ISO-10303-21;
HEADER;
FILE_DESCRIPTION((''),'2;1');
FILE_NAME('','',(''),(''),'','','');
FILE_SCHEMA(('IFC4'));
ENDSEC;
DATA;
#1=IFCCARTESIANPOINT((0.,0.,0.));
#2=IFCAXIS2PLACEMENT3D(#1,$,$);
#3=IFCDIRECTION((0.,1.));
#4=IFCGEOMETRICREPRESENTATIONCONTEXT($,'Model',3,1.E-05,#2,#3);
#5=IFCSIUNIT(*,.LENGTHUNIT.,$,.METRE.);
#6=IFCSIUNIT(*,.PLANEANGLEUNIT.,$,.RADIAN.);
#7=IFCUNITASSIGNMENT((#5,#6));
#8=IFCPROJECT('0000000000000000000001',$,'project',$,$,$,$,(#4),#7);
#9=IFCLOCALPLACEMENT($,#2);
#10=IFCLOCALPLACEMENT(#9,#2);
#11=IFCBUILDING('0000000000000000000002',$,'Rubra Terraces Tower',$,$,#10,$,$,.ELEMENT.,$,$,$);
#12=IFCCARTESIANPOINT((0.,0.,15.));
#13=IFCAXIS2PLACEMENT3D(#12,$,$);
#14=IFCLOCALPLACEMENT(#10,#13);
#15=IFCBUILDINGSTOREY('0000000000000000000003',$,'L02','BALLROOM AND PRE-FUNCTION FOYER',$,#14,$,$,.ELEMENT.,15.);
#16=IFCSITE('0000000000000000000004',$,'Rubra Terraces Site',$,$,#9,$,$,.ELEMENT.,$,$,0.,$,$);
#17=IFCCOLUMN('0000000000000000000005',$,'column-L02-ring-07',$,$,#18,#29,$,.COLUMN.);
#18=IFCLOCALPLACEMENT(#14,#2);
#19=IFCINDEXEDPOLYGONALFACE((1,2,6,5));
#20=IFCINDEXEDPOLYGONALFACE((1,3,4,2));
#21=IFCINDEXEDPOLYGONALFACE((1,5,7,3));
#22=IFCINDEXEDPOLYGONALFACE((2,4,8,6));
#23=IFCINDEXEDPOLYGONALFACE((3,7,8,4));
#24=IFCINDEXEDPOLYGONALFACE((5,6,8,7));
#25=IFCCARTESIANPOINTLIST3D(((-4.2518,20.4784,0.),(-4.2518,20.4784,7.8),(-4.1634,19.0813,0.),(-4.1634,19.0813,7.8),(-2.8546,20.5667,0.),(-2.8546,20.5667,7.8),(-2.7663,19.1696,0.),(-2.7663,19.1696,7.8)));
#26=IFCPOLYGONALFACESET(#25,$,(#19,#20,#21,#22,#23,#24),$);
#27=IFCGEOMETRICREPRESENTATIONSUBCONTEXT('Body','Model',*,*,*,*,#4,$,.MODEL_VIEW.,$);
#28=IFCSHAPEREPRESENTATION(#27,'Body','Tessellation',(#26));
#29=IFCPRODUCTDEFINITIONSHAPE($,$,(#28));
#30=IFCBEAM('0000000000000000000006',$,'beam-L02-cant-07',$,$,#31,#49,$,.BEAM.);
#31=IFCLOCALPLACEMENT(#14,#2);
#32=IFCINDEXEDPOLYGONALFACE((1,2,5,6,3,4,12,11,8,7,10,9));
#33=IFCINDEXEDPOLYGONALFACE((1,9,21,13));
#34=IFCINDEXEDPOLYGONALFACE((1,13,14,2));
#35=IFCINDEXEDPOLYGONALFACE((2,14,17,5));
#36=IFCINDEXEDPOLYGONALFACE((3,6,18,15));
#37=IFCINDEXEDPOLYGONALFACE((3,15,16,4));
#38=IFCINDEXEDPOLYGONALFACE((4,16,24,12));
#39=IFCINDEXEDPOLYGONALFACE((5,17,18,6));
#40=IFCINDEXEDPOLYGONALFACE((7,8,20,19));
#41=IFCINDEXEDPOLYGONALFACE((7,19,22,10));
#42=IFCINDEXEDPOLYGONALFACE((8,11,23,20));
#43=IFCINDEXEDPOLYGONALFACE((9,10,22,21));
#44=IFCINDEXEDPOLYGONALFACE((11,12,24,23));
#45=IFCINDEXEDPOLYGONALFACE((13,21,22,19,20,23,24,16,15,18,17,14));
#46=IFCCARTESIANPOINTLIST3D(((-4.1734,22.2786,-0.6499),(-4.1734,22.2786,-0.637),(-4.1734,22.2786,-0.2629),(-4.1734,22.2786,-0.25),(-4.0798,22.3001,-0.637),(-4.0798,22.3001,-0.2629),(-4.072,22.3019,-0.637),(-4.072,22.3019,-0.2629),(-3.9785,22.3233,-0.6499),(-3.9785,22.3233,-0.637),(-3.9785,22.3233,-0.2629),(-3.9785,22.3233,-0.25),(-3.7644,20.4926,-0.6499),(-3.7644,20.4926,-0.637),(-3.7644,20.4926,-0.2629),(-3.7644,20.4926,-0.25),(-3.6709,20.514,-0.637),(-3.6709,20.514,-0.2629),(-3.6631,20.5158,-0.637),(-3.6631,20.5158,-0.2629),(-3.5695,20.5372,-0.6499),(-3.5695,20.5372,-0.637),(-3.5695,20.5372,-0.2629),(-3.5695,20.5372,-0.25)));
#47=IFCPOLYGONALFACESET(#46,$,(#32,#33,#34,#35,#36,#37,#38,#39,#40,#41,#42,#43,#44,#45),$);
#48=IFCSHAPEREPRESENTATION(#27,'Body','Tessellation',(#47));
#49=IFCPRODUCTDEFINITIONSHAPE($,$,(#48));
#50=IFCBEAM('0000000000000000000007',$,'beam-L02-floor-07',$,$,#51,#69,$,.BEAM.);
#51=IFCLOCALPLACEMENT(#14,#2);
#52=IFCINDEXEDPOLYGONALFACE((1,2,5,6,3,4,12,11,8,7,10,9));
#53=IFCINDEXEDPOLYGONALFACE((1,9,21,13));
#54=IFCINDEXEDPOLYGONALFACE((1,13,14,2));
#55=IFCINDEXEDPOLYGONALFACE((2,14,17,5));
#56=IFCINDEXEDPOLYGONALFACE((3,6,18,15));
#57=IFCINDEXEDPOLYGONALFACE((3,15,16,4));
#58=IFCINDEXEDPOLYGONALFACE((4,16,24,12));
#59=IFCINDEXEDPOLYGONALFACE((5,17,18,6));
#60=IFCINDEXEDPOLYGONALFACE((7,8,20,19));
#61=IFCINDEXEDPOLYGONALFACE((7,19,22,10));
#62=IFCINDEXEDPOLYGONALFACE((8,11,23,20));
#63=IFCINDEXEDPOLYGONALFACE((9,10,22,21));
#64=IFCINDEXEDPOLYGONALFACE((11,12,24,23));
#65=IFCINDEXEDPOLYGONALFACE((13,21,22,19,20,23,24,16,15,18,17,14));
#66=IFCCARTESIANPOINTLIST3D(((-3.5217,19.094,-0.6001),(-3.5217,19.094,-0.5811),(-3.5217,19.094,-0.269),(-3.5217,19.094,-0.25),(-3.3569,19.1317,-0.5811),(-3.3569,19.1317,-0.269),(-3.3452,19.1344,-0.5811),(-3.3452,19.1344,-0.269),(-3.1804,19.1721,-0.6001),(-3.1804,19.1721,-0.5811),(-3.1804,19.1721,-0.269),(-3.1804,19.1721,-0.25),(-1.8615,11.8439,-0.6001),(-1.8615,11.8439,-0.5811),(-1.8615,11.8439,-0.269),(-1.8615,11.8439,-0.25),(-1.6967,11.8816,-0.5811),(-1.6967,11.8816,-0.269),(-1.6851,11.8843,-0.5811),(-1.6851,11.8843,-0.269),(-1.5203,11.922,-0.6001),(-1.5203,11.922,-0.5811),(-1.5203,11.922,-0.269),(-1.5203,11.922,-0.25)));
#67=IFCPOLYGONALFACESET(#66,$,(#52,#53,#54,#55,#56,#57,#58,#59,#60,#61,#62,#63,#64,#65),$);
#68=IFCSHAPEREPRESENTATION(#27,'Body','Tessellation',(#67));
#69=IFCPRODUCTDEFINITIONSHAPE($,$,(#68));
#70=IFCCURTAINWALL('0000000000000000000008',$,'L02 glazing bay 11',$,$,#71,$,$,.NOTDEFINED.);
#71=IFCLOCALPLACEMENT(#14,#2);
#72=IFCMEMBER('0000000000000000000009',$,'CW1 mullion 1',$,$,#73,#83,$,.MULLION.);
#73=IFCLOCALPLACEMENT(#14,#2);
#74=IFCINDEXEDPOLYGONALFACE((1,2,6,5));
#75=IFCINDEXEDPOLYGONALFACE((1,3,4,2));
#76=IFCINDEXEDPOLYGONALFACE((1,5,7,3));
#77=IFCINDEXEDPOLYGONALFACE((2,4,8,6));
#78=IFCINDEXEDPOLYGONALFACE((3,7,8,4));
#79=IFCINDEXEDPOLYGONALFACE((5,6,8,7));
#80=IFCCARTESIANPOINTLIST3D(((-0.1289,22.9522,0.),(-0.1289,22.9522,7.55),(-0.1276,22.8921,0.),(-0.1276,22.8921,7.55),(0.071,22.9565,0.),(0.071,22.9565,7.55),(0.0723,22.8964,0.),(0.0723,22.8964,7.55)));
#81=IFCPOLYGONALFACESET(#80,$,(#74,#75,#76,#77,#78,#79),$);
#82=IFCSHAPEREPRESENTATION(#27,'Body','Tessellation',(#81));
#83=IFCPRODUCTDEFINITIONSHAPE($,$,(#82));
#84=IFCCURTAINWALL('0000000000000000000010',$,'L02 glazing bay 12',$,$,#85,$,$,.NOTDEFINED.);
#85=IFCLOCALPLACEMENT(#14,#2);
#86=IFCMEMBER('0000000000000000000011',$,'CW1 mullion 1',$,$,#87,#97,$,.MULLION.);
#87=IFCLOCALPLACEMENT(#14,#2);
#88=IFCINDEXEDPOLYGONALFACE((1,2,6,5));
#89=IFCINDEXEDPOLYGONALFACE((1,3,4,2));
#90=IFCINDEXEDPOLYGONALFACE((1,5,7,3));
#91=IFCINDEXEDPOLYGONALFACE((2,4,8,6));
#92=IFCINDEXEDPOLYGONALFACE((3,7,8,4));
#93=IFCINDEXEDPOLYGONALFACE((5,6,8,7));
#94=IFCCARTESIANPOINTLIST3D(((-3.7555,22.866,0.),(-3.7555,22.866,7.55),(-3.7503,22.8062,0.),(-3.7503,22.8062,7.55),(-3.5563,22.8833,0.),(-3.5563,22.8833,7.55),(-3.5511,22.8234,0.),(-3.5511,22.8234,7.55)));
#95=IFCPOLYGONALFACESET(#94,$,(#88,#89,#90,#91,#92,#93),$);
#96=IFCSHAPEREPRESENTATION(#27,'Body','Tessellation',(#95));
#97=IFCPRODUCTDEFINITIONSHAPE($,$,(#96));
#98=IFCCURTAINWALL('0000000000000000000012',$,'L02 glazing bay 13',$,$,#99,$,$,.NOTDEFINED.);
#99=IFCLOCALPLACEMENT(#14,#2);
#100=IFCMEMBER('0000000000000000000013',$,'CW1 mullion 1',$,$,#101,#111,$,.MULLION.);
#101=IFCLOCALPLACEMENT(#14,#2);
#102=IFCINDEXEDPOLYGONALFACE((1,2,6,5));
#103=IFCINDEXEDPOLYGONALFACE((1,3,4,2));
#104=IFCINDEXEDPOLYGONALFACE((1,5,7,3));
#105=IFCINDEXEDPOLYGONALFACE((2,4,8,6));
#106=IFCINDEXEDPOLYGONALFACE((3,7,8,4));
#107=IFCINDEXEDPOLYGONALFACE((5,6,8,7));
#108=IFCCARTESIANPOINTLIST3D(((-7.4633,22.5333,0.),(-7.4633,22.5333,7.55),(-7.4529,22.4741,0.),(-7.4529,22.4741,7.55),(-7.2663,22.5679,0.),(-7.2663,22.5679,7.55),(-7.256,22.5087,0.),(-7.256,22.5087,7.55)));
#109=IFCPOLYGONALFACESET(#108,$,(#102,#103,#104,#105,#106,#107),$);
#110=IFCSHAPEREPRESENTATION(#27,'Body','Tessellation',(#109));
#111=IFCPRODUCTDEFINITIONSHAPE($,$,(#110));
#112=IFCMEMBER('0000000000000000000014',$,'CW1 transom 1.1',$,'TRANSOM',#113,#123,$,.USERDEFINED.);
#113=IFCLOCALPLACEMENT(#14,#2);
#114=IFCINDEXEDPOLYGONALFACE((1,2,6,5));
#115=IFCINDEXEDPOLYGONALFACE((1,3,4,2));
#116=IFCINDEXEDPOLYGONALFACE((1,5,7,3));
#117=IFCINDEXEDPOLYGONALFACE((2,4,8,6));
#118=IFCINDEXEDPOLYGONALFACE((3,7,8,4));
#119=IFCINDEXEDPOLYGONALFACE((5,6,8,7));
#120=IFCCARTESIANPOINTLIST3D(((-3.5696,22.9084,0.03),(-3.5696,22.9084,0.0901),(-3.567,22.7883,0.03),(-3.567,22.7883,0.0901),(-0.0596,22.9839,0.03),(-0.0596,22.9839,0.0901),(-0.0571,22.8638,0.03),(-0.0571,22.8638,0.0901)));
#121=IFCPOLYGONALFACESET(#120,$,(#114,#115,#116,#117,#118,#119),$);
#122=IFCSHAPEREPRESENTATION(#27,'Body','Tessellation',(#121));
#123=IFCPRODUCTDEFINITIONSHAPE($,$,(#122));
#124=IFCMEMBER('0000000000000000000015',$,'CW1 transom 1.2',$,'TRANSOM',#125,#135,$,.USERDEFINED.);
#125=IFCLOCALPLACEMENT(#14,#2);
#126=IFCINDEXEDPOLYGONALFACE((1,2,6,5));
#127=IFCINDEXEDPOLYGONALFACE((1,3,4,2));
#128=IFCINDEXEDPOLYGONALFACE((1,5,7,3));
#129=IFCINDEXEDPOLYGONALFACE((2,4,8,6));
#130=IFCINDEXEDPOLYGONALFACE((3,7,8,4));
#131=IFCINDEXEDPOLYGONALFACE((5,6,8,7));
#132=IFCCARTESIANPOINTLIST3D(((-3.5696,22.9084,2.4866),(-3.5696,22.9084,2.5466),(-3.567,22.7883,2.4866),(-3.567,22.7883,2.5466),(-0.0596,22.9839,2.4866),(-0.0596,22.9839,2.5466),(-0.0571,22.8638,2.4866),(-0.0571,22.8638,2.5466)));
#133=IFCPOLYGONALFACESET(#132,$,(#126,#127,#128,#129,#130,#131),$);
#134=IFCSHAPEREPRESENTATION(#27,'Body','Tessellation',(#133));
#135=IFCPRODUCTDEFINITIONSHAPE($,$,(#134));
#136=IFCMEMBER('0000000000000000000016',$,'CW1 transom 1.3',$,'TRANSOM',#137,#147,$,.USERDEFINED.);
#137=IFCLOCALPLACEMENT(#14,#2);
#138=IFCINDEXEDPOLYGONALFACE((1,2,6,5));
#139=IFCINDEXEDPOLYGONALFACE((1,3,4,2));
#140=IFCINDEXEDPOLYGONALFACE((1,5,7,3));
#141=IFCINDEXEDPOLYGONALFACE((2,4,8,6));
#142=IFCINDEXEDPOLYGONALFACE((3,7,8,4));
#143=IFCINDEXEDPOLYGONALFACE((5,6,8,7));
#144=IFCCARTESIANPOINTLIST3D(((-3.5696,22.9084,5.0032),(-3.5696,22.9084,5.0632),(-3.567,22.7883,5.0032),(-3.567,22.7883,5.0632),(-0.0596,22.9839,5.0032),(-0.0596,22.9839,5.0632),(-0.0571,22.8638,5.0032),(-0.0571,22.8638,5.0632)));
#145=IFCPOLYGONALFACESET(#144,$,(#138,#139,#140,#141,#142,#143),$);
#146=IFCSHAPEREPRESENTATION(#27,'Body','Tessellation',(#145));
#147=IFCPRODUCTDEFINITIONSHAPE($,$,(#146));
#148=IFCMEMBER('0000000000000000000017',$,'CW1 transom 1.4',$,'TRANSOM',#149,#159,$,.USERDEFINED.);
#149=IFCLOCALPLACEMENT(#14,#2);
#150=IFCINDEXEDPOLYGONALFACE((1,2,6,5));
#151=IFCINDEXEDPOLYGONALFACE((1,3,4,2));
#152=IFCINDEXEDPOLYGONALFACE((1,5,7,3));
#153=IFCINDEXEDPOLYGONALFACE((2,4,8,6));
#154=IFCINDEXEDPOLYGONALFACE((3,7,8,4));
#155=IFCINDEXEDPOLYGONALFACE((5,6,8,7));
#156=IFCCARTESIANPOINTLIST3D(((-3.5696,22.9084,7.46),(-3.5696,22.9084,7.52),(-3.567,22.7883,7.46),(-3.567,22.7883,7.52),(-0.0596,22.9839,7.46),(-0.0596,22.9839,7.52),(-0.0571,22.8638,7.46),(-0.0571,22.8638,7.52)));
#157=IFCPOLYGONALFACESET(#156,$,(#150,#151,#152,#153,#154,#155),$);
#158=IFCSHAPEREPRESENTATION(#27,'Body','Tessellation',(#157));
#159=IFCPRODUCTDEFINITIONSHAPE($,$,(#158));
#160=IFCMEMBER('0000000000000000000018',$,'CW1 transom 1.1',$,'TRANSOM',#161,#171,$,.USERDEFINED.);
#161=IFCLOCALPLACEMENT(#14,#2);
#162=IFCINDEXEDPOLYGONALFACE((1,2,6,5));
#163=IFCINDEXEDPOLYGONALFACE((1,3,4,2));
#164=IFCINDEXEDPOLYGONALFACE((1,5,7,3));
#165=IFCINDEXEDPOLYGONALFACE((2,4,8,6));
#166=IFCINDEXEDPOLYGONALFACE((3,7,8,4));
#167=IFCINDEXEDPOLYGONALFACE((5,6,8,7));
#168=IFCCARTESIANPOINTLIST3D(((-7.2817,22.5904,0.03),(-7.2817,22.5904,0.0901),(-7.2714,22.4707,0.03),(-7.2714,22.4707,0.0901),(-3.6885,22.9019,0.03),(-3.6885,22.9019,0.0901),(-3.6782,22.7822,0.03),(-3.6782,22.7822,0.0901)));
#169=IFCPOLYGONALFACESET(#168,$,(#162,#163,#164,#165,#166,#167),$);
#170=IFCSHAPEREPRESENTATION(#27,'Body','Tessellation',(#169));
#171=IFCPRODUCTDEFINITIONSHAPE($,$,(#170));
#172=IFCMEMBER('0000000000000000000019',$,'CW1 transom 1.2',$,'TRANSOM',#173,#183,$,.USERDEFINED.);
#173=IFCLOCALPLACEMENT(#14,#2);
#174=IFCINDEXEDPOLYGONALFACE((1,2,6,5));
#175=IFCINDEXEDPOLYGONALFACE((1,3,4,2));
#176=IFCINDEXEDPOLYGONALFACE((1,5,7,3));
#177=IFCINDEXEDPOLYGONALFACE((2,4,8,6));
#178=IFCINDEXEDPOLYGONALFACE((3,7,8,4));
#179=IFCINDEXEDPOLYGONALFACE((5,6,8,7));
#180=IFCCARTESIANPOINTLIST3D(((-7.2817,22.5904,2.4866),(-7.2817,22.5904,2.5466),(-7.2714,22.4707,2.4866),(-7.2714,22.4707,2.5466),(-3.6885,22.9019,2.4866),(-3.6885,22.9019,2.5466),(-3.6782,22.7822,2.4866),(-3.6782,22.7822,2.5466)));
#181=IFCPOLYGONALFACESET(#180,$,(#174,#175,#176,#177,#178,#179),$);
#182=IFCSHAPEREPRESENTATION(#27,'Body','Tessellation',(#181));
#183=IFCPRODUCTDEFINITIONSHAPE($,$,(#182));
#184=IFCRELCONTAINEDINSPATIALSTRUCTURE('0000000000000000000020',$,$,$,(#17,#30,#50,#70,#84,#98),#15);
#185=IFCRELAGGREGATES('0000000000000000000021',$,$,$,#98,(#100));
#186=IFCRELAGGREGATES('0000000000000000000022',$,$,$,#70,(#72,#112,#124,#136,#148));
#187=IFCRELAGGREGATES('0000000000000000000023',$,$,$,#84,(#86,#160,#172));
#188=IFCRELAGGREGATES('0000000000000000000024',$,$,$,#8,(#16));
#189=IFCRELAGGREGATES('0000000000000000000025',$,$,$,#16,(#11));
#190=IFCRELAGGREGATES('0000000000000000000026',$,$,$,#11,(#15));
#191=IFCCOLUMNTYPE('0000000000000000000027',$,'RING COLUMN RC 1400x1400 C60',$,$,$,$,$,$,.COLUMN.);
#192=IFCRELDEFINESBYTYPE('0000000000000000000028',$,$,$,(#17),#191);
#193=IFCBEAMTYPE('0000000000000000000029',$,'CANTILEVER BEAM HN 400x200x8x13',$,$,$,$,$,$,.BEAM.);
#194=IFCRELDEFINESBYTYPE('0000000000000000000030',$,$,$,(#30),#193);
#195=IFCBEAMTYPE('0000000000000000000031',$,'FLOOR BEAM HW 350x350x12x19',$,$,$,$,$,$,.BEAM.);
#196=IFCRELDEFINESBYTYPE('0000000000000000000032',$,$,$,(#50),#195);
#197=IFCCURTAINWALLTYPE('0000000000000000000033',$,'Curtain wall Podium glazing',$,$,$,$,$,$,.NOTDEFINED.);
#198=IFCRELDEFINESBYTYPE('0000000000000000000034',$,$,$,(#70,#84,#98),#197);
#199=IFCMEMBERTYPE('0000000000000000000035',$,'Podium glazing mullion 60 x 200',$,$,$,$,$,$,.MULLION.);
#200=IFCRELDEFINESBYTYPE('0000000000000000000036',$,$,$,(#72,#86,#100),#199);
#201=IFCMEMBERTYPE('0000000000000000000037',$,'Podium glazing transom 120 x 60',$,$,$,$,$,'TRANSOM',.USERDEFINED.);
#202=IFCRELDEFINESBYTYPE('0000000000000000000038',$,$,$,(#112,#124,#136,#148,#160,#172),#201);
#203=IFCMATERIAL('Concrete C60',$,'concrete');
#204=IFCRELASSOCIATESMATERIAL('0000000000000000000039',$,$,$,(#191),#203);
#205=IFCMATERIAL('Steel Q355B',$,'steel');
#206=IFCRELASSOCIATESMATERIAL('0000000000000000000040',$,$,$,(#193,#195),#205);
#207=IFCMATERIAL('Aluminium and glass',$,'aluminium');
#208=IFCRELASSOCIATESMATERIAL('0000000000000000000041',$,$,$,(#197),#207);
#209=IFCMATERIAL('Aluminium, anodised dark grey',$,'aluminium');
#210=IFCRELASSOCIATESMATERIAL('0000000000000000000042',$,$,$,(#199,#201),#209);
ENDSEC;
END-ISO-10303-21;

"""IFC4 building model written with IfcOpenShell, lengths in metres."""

from ifc_helpers import new_model, si_unit, direction, frame, origin, origin_2d, place, context, subcontext, project, spatial, rectangle, i_section, extrude, material, material_profile, profile_set, type_object, element, aggregate, save


model = new_model("IFC4")

# Units and contexts
model_context = context("Model", 3, precision=1e-05, world=origin(), true_north=direction((0.0, 1.0)))
body_context = subcontext(model_context, "Body", "Model", "MODEL_VIEW")
ifc_project = project(units=[si_unit("LENGTHUNIT", "METRE"), si_unit("PLANEANGLEUNIT", "RADIAN")], contexts=[model_context])

# Site, building, storey
site_placement = place(None, origin())
site = spatial("IfcSite", under=ifc_project, at=site_placement, Name="Rubra Terraces Site", CompositionType="ELEMENT", RefElevation=0.0)
building_placement = place(site_placement, origin())
building = spatial("IfcBuilding", under=site, at=building_placement, Name="Rubra Terraces Tower", CompositionType="ELEMENT")
storey_placement = place(building_placement, frame((0.0, 0.0, 15.0)))
storey = spatial("IfcBuildingStorey", under=building, at=storey_placement, Name="L02", Description="BALLROOM AND PRE-FUNCTION FOYER", CompositionType="ELEMENT", Elevation=15.0)

# Column
ifc_material_1 = material(Name="Concrete C60", Category="concrete")
ifc_material_profile_1 = material_profile(ifc_material_1, rectangle(XDim=1.3999, YDim=1.3999, at=origin_2d()), Name="RC 1400x1400")
ifc_profile_set_1 = profile_set([ifc_material_profile_1], Name="Concrete C60")
column_type = type_object("IfcColumnType", Name="RING COLUMN RC 1400x1400 C60", PredefinedType="COLUMN", material=ifc_profile_set_1)
column_placement = place(storey_placement, frame((-3.509, 19.824, 0.0), z_axis=(0.0, 0.0, 1.0), x_axis=(-0.998008, -0.063094, 0.0)))
element("IfcColumn", 1, at=column_placement, inside=storey, type_object=column_type, Name="column-L02-ring-07", PredefinedType="COLUMN", context=body_context, shape_type="SweptSolid", body=[
    extrude(rectangle(XDim=1.3999, YDim=1.3999, at=origin_2d()), origin(), (0.0, 0.0, 1.0), 7.8),
])

# Beams
ifc_material_2 = material(Name="Steel Q355B", Category="steel")
ifc_material_profile_2 = material_profile(ifc_material_2, i_section(OverallWidth=0.2, OverallDepth=0.3999, WebThickness=0.0081, FlangeThickness=0.0129, at=origin_2d()), Name="HN 400x200x8x13")
ifc_profile_set_2 = profile_set([ifc_material_profile_2], Name="Steel Q355B")
beam_type_1 = type_object("IfcBeamType", Name="CANTILEVER BEAM HN 400x200x8x13", PredefinedType="BEAM", material=ifc_profile_set_2)
beam_1_placement = place(storey_placement, frame((-3.667, 20.5149, -0.45), z_axis=(-0.223176, 0.974778, 0.0), x_axis=(-0.974778, -0.223176, 0.0)))
element("IfcBeam", 2, at=beam_1_placement, inside=storey, type_object=beam_type_1, Name="beam-L02-cant-07", PredefinedType="BEAM", context=body_context, shape_type="SweptSolid", body=[
    extrude(i_section(OverallWidth=0.2, OverallDepth=0.3999, WebThickness=0.0081, FlangeThickness=0.0129, at=origin_2d()), origin(), (0.0, 0.0, 1.0), 1.8323),
])
ifc_material_profile_3 = material_profile(ifc_material_2, i_section(OverallWidth=0.3501, OverallDepth=0.3501, WebThickness=0.012, FlangeThickness=0.019, at=origin_2d()), Name="HW 350x350x12x19")
ifc_profile_set_3 = profile_set([ifc_material_profile_3], Name="Steel Q355B")
beam_type_2 = type_object("IfcBeamType", Name="FLOOR BEAM HW 350x350x12x19", PredefinedType="BEAM", material=ifc_profile_set_3)
beam_2_placement = place(storey_placement, frame((-3.3511, 19.1331, -0.425), z_axis=(0.22321, -0.97477, 0.0), x_axis=(0.97477, 0.22321, 0.0)))
element("IfcBeam", 3, at=beam_2_placement, inside=storey, type_object=beam_type_2, Name="beam-L02-floor-07", PredefinedType="BEAM", context=body_context, shape_type="SweptSolid", body=[
    extrude(i_section(OverallWidth=0.3501, OverallDepth=0.3501, WebThickness=0.012, FlangeThickness=0.019, at=origin_2d()), origin(), (0.0, 0.0, 1.0), 7.4377),
])

# Curtain walls, members
ifc_material_3 = material(Name="Aluminium and glass", Category="aluminium")
curtain_wall_type = type_object("IfcCurtainWallType", Name="Curtain wall Podium glazing", PredefinedType="NOTDEFINED", material=ifc_material_3)
curtain_wall_1_placement = place(storey_placement, origin())
curtain_wall_1 = element("IfcCurtainWall", 4, at=curtain_wall_1_placement, inside=storey, type_object=curtain_wall_type, Name="L02 glazing bay 11", PredefinedType="NOTDEFINED")
ifc_material_4 = material(Name="Aluminium, anodised dark grey", Category="aluminium")
ifc_material_profile_4 = material_profile(ifc_material_4, rectangle(XDim=0.0601, YDim=0.2, at=origin_2d()), Name="AL 60x200")
ifc_profile_set_4 = profile_set([ifc_material_profile_4], Name="Aluminium, anodised dark grey")
member_type_1 = type_object("IfcMemberType", Name="Podium glazing mullion 60 x 200", PredefinedType="MULLION", material=ifc_profile_set_4)
member_1_placement = place(storey_placement, frame((-0.0283, 22.9243, 0.0), z_axis=(0.0, 0.0, 1.0), x_axis=(0.021483, -0.999769, 0.0)))
member_1 = element("IfcMember", 5, at=member_1_placement, type_object=member_type_1, Name="CW1 mullion 1", PredefinedType="MULLION", context=body_context, shape_type="SweptSolid", body=[
    extrude(rectangle(XDim=0.0601, YDim=0.2, at=origin_2d()), origin(), (0.0, 0.0, 1.0), 7.55),
])
curtain_wall_2_placement = place(storey_placement, origin())
curtain_wall_2 = element("IfcCurtainWall", 6, at=curtain_wall_2_placement, inside=storey, type_object=curtain_wall_type, Name="L02 glazing bay 12", PredefinedType="NOTDEFINED")
member_2_placement = place(storey_placement, frame((-3.6533, 22.8447, 0.0), z_axis=(0.0, 0.0, 1.0), x_axis=(0.086398, -0.996261, 0.0)))
member_2 = element("IfcMember", 7, at=member_2_placement, type_object=member_type_1, Name="CW1 mullion 1", PredefinedType="MULLION", context=body_context, shape_type="SweptSolid", body=[
    extrude(rectangle(XDim=0.0601, YDim=0.2, at=origin_2d()), origin(), (0.0, 0.0, 1.0), 7.55),
])
curtain_wall_3_placement = place(storey_placement, origin())
curtain_wall_3 = element("IfcCurtainWall", 8, at=curtain_wall_3_placement, inside=storey, type_object=curtain_wall_type, Name="L02 glazing bay 13", PredefinedType="NOTDEFINED")
member_3_placement = place(storey_placement, frame((-7.3596, 22.521, 0.0), z_axis=(0.0, 0.0, 1.0), x_axis=(0.172817, -0.984954, 0.0)))
member_3 = element("IfcMember", 9, at=member_3_placement, type_object=member_type_1, Name="CW1 mullion 1", PredefinedType="MULLION", context=body_context, shape_type="SweptSolid", body=[
    extrude(rectangle(XDim=0.0601, YDim=0.2, at=origin_2d()), origin(), (0.0, 0.0, 1.0), 7.55),
])

# Members
ifc_material_profile_5 = material_profile(ifc_material_4, rectangle(XDim=0.1201, YDim=0.0601, at=origin_2d()), Name="AL 120x60")
ifc_profile_set_5 = profile_set([ifc_material_profile_5], Name="Aluminium, anodised dark grey")
member_type_2 = type_object("IfcMemberType", Name="Podium glazing transom 120 x 60", ElementType="TRANSOM", PredefinedType="USERDEFINED", material=ifc_profile_set_5)
member_4_placement = place(storey_placement, frame((-0.0583, 22.9238, 0.0601), z_axis=(-0.999769, -0.021488, 0.0), x_axis=(0.021488, -0.999769, 0.0)))
member_4 = element("IfcMember", 10, at=member_4_placement, type_object=member_type_2, Name="CW1 transom 1.1", ObjectType="TRANSOM", PredefinedType="USERDEFINED", context=body_context, shape_type="SweptSolid", body=[
    extrude(rectangle(XDim=0.1201, YDim=0.0601, at=origin_2d()), origin(), (0.0, 0.0, 1.0), 3.5107),
])
member_5_placement = place(storey_placement, frame((-0.0583, 22.9238, 2.5166), z_axis=(-0.999769, -0.021488, 0.0), x_axis=(0.021488, -0.999769, 0.0)))
member_5 = element("IfcMember", 11, at=member_5_placement, type_object=member_type_2, Name="CW1 transom 1.2", ObjectType="TRANSOM", PredefinedType="USERDEFINED", context=body_context, shape_type="SweptSolid", body=[
    extrude(rectangle(XDim=0.1201, YDim=0.0601, at=origin_2d()), origin(), (0.0, 0.0, 1.0), 3.5107),
])
member_6_placement = place(storey_placement, frame((-0.0583, 22.9238, 5.0332), z_axis=(-0.999769, -0.021488, 0.0), x_axis=(0.021488, -0.999769, 0.0)))
member_6 = element("IfcMember", 12, at=member_6_placement, type_object=member_type_2, Name="CW1 transom 1.3", ObjectType="TRANSOM", PredefinedType="USERDEFINED", context=body_context, shape_type="SweptSolid", body=[
    extrude(rectangle(XDim=0.1201, YDim=0.0601, at=origin_2d()), origin(), (0.0, 0.0, 1.0), 3.5107),
])
member_7_placement = place(storey_placement, frame((-0.0583, 22.9238, 7.49), z_axis=(-0.999769, -0.021488, 0.0), x_axis=(0.021488, -0.999769, 0.0)))
member_7 = element("IfcMember", 13, at=member_7_placement, type_object=member_type_2, Name="CW1 transom 1.4", ObjectType="TRANSOM", PredefinedType="USERDEFINED", context=body_context, shape_type="SweptSolid", body=[
    extrude(rectangle(XDim=0.1201, YDim=0.0601, at=origin_2d()), origin(), (0.0, 0.0, 1.0), 3.5107),
])
member_8_placement = place(storey_placement, frame((-3.6833, 22.842, 0.0601), z_axis=(-0.996263, -0.086373, 0.0), x_axis=(0.086373, -0.996263, 0.0)))
member_8 = element("IfcMember", 14, at=member_8_placement, type_object=member_type_2, Name="CW1 transom 1.1", ObjectType="TRANSOM", PredefinedType="USERDEFINED", context=body_context, shape_type="SweptSolid", body=[
    extrude(rectangle(XDim=0.1201, YDim=0.0601, at=origin_2d()), origin(), (0.0, 0.0, 1.0), 3.6067),
])
member_9_placement = place(storey_placement, frame((-3.6833, 22.842, 2.5166), z_axis=(-0.996263, -0.086373, 0.0), x_axis=(0.086373, -0.996263, 0.0)))
member_9 = element("IfcMember", 15, at=member_9_placement, type_object=member_type_2, Name="CW1 transom 1.2", ObjectType="TRANSOM", PredefinedType="USERDEFINED", context=body_context, shape_type="SweptSolid", body=[
    extrude(rectangle(XDim=0.1201, YDim=0.0601, at=origin_2d()), origin(), (0.0, 0.0, 1.0), 3.6067),
])
aggregate(curtain_wall_3, [member_3])

aggregate(curtain_wall_1, [member_1, member_4, member_5, member_6, member_7])
aggregate(curtain_wall_2, [member_2, member_8, member_9])

save(model, "model.ifc")
